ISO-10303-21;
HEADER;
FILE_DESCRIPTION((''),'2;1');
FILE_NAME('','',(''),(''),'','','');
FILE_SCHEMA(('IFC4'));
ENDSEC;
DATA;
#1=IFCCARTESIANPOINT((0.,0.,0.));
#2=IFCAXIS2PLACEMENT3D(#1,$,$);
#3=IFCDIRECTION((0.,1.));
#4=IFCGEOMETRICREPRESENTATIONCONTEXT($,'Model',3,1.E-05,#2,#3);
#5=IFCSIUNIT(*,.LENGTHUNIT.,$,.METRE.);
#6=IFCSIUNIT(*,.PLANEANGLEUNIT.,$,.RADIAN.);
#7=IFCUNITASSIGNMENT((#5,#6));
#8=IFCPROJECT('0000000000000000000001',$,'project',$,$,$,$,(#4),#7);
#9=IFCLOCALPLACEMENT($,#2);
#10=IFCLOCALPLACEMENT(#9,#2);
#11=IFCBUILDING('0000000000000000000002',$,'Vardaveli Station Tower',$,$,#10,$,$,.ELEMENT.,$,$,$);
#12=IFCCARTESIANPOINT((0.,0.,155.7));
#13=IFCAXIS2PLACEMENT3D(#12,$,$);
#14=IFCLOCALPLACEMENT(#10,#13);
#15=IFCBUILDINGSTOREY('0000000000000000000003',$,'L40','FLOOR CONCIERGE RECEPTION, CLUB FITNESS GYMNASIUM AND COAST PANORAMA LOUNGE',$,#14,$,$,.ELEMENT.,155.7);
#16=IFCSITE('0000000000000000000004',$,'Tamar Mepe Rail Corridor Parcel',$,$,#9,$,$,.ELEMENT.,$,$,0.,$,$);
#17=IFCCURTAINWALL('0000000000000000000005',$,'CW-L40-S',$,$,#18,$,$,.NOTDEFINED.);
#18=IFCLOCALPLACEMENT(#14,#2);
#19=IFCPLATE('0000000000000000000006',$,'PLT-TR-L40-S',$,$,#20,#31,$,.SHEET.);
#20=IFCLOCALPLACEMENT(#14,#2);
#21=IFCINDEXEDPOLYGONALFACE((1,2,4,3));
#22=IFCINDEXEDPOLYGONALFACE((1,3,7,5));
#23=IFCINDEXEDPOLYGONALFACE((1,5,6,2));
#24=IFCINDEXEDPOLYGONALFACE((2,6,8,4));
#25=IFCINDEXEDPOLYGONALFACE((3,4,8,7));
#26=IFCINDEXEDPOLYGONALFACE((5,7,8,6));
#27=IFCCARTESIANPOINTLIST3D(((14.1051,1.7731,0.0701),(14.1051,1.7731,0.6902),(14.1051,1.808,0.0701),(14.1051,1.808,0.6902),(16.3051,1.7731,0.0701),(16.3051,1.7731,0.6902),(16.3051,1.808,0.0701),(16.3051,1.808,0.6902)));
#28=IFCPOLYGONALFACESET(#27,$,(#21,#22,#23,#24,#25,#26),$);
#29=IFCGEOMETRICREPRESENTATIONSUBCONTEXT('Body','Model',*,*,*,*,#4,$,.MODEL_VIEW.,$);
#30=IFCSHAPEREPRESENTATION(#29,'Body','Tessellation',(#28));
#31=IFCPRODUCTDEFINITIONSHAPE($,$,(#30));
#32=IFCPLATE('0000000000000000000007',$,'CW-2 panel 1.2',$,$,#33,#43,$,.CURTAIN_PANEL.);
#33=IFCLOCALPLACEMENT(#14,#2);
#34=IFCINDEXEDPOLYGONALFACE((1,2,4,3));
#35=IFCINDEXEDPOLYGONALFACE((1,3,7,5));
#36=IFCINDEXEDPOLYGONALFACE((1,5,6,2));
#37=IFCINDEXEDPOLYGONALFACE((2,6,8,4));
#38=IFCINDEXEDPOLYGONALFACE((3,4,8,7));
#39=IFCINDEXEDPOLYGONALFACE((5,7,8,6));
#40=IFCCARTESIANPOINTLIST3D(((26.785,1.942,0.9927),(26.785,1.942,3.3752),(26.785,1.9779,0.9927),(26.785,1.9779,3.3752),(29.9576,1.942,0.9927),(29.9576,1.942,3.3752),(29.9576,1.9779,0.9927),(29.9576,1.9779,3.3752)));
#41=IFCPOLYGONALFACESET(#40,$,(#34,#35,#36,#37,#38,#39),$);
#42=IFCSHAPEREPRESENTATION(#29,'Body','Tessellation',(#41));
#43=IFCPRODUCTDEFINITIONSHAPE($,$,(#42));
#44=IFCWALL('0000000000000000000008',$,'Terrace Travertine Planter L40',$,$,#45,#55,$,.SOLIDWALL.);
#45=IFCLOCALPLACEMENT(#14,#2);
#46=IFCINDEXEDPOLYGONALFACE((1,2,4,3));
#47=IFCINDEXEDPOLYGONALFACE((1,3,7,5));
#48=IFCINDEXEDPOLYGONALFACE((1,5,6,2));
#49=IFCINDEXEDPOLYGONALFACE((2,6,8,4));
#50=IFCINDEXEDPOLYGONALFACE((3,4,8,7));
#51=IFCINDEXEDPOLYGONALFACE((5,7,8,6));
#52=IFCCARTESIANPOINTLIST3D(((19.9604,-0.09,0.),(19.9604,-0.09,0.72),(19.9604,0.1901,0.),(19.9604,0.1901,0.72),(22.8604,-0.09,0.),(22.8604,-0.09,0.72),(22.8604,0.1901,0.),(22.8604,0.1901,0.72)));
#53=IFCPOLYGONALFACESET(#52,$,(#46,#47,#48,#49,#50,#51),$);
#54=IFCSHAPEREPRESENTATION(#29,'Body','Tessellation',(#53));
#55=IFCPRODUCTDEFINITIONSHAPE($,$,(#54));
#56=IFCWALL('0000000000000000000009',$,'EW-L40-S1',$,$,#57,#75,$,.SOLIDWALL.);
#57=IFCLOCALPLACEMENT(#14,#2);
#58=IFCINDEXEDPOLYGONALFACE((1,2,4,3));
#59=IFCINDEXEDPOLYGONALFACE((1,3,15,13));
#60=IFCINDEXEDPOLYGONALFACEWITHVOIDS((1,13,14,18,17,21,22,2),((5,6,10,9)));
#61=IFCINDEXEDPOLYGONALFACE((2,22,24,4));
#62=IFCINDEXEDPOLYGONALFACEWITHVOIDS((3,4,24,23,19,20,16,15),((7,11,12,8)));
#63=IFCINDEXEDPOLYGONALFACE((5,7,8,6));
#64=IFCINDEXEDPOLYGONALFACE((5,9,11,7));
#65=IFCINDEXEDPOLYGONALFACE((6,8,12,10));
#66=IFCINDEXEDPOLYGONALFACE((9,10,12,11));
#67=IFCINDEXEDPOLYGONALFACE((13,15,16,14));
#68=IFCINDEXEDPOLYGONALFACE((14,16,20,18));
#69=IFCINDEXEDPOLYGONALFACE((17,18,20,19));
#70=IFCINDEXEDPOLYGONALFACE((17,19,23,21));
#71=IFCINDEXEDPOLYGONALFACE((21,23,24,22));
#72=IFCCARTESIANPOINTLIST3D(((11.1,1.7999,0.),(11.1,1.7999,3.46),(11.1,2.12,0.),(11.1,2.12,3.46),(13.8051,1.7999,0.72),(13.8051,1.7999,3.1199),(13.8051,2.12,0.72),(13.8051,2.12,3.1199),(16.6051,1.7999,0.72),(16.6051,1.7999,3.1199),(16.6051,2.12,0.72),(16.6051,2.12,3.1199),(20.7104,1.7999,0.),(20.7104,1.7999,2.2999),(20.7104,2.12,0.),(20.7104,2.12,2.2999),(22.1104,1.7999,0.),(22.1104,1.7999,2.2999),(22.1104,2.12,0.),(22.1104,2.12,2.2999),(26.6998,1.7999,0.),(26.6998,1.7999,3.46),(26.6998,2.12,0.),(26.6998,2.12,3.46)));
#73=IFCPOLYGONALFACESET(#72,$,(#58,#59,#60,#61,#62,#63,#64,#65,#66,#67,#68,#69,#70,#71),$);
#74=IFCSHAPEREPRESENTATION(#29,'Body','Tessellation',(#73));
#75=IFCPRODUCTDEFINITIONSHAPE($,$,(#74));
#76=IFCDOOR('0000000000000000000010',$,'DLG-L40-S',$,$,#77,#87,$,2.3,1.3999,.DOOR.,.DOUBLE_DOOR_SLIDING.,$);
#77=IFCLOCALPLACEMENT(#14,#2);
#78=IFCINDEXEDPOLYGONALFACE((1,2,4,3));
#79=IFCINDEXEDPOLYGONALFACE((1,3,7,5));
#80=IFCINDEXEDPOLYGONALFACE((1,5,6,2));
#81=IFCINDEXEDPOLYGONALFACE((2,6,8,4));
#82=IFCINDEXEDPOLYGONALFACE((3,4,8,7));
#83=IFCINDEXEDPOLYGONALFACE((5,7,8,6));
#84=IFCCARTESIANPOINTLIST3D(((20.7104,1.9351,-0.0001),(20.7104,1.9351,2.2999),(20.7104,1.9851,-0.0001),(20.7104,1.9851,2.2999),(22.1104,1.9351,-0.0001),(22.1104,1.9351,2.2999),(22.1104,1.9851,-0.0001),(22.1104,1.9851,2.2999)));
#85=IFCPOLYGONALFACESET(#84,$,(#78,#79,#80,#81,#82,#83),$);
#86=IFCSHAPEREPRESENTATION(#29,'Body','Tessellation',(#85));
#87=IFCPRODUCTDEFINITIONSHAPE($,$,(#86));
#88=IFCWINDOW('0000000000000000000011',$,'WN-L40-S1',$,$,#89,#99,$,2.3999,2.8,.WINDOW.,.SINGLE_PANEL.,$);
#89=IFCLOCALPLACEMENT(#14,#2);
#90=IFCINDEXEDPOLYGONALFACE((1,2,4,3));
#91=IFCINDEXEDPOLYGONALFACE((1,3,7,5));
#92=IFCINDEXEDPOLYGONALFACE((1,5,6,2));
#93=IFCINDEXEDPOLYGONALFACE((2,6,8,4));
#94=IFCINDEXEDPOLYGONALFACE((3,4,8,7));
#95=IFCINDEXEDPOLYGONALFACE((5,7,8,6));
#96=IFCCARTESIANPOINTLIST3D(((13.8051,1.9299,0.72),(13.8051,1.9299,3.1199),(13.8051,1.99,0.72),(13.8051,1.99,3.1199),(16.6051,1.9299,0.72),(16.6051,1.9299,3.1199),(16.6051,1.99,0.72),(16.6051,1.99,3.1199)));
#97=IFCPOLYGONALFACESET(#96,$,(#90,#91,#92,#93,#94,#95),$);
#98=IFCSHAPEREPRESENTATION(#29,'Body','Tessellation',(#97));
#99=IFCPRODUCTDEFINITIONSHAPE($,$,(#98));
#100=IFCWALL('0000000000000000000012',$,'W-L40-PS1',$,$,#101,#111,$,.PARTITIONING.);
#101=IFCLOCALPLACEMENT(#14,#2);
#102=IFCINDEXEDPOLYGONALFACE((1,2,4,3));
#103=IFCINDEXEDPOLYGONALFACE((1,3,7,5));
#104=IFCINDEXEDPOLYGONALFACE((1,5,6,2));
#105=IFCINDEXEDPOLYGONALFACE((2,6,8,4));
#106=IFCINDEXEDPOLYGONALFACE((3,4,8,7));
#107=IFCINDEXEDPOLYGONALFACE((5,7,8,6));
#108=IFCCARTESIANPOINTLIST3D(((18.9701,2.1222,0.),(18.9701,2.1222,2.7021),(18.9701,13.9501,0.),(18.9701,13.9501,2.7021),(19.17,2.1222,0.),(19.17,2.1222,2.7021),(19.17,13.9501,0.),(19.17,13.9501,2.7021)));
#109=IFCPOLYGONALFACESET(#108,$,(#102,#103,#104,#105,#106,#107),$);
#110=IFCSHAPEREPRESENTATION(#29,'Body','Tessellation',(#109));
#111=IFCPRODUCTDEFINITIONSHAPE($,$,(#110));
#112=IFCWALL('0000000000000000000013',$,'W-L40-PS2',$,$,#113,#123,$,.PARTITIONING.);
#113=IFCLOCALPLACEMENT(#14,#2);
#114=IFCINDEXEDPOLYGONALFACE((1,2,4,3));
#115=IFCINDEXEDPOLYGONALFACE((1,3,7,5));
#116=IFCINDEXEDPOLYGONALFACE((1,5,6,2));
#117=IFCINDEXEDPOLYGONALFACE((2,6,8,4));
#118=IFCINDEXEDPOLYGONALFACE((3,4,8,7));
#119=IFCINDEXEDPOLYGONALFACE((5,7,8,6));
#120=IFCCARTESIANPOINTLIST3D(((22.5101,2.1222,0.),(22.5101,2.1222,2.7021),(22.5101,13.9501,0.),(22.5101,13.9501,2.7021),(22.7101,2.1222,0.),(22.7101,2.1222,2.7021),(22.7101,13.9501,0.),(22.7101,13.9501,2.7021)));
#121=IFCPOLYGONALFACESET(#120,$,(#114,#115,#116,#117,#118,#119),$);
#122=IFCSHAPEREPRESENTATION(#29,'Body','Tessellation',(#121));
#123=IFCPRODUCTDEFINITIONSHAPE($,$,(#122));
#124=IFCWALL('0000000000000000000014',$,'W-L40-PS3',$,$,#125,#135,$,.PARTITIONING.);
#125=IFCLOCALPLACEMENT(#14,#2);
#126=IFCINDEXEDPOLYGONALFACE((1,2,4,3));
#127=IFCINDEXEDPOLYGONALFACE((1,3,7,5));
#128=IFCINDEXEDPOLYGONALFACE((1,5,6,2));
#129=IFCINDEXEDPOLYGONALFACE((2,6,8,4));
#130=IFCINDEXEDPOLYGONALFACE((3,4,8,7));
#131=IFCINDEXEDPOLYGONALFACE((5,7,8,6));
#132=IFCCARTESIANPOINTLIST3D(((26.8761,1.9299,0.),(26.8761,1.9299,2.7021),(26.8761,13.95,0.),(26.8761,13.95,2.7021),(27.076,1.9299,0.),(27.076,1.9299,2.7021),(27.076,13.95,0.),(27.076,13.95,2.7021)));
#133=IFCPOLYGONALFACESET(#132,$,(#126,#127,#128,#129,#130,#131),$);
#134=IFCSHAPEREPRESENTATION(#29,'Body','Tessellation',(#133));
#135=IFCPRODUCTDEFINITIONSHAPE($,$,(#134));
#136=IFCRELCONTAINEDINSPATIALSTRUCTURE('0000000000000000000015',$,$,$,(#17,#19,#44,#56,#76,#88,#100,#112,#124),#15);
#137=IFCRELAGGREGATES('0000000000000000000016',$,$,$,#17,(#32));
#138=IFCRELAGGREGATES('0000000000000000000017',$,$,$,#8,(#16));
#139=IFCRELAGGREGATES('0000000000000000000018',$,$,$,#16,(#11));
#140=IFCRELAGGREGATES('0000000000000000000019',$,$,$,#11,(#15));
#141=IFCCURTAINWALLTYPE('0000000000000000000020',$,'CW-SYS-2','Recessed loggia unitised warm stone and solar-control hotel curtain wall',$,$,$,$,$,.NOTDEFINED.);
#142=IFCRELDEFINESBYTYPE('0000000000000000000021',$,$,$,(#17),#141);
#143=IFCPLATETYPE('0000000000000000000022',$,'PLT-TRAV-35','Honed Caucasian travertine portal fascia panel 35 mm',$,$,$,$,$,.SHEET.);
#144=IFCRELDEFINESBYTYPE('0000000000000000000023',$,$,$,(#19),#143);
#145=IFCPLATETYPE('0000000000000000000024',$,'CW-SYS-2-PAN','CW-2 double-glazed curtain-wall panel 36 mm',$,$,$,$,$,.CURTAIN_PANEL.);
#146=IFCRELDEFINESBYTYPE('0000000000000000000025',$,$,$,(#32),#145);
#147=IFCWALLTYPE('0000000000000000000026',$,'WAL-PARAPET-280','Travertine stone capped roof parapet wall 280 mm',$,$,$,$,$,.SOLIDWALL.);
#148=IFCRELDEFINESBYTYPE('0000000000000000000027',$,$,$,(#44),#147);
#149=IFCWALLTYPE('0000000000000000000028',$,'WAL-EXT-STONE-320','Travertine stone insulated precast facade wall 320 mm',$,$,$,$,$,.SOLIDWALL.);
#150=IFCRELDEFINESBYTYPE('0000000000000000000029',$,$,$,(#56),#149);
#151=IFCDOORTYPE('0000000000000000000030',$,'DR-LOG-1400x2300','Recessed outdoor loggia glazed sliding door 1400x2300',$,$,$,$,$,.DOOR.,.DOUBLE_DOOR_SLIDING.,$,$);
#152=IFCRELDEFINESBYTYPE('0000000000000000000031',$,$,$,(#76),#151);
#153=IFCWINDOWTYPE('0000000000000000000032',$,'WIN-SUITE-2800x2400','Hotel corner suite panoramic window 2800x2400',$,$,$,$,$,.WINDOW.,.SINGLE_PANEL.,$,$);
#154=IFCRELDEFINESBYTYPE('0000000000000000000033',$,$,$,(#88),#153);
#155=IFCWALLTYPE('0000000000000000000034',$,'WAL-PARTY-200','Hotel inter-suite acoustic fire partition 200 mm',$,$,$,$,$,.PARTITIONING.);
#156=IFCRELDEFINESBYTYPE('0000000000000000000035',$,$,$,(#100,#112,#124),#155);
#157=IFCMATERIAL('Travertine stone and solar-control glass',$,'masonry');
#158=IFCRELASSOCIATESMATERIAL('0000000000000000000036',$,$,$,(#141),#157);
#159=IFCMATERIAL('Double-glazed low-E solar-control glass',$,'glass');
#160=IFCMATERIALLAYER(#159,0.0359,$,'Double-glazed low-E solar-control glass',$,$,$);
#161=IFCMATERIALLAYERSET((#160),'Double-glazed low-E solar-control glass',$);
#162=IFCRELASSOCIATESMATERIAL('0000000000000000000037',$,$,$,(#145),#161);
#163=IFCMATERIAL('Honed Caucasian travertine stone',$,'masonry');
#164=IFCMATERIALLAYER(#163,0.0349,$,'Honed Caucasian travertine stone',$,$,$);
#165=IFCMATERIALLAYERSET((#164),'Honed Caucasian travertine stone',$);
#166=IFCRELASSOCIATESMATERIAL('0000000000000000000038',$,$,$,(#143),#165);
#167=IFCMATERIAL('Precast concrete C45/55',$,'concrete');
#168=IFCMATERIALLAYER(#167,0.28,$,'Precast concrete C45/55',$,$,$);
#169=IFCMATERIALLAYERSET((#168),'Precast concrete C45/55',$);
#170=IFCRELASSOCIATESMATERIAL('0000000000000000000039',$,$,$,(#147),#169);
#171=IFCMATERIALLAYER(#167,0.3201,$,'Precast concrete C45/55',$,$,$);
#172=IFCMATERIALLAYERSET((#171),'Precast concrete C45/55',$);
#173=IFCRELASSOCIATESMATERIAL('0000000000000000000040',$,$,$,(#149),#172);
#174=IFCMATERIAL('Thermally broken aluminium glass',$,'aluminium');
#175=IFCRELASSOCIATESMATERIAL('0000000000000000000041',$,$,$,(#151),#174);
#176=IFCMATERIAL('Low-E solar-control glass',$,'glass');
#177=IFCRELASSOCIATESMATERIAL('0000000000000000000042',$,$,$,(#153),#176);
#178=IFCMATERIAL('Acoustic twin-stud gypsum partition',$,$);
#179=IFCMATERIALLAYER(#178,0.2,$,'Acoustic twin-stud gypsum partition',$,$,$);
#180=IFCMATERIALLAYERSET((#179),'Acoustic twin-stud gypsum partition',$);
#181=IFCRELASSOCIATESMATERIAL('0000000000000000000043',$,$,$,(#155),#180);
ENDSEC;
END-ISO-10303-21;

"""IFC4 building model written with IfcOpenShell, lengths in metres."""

from ifc_helpers import new_model, si_unit, direction, frame, frame_2d, origin, origin_2d, place, context, subcontext, project, spatial, rectangle, extrude, source, transform, mapped, material, layer, layer_set, type_object, element, fill, aggregate, save


model = new_model("IFC4")

# Units and contexts
model_context = context("Model", 3, precision=1e-05, world=origin(), true_north=direction((0.0, 1.0)))
body_context = subcontext(model_context, "Body", "Model", "MODEL_VIEW")
ifc_project = project(units=[si_unit("LENGTHUNIT", "METRE"), si_unit("PLANEANGLEUNIT", "RADIAN")], contexts=[model_context])

# Site, building, storey
site_placement = place(None, origin())
site = spatial("IfcSite", under=ifc_project, at=site_placement, Name="Tamar Mepe Rail Corridor Parcel", CompositionType="ELEMENT", RefElevation=0.0)
building_placement = place(site_placement, origin())
building = spatial("IfcBuilding", under=site, at=building_placement, Name="Vardaveli Station Tower", CompositionType="ELEMENT")
storey_placement = place(building_placement, frame((0.0, 0.0, 155.7)))
storey = spatial("IfcBuildingStorey", under=building, at=storey_placement, Name="L40", Description="FLOOR CONCIERGE RECEPTION, CLUB FITNESS GYMNASIUM AND COAST PANORAMA LOUNGE", CompositionType="ELEMENT", Elevation=155.7)

# Shared definitions
ifc_material_1 = material(Name="Precast concrete C45/55", Category="concrete")

# Curtain wall
ifc_material_2 = material(Name="Travertine stone and solar-control glass", Category="masonry")
curtain_wall_type = type_object("IfcCurtainWallType", Name="CW-SYS-2", Description="Recessed loggia unitised warm stone and solar-control hotel curtain wall", PredefinedType="NOTDEFINED", material=ifc_material_2)
curtain_wall_placement = place(storey_placement, origin())
curtain_wall = element("IfcCurtainWall", 1, at=curtain_wall_placement, inside=storey, type_object=curtain_wall_type, Name="CW-L40-S", PredefinedType="NOTDEFINED")
ifc_material_3 = material(Name="Double-glazed low-E solar-control glass", Category="glass")
ifc_layer_1 = layer(ifc_material_3, 0.0359, Name="Double-glazed low-E solar-control glass")
ifc_layer_set_1 = layer_set([ifc_layer_1], Name="Double-glazed low-E solar-control glass")
plate_type_1 = type_object("IfcPlateType", Name="CW-SYS-2-PAN", Description="CW-2 double-glazed curtain-wall panel 36 mm", PredefinedType="CURTAIN_PANEL", material=ifc_layer_set_1)

# Plates
ifc_material_4 = material(Name="Honed Caucasian travertine stone", Category="masonry")
ifc_layer_2 = layer(ifc_material_4, 0.0349, Name="Honed Caucasian travertine stone")
ifc_layer_set_2 = layer_set([ifc_layer_2], Name="Honed Caucasian travertine stone")
plate_type_2 = type_object("IfcPlateType", Name="PLT-TRAV-35", Description="Honed Caucasian travertine portal fascia panel 35 mm", PredefinedType="SHEET", material=ifc_layer_set_2)
shared_shape_1 = source(origin(), body_context, "Body", "SweptSolid", [
    extrude(rectangle(XDim=2.2, YDim=0.0349, at=origin_2d()), origin(), (0.0, 0.0, 1.0), 0.6201),
])
plate_1_placement = place(storey_placement, frame((15.2051, 1.7905, 0.0701), z_axis=(0.0, 0.0, 1.0), x_axis=(1.0, 0.0, 0.0)))
element("IfcPlate", 2, at=plate_1_placement, inside=storey, type_object=plate_type_2, Name="PLT-TR-L40-S", PredefinedType="SHEET", context=body_context, shape_type="MappedRepresentation", body=[
    mapped(shared_shape_1, transform((0.0, 0.0, 0.0), scale=1.0)),
])
shared_shape_2 = source(origin(), body_context, "Body", "SweptSolid", [
    extrude(rectangle(XDim=3.1726, YDim=0.0359, at=origin_2d()), origin(), (0.0, 0.0, 1.0), 2.3826),
])
plate_2_placement = place(storey_placement, frame((28.3713, 1.96, 0.9927), z_axis=(0.0, 0.0, 1.0), x_axis=(1.0, 0.0, 0.0)))
plate_2 = element("IfcPlate", 3, at=plate_2_placement, type_object=plate_type_1, Name="CW-2 panel 1.2", PredefinedType="CURTAIN_PANEL", context=body_context, shape_type="MappedRepresentation", body=[
    mapped(shared_shape_2, transform((0.0, 0.0, 0.0), scale=1.0)),
])
aggregate(curtain_wall, [plate_2])

# Wall
ifc_layer_3 = layer(ifc_material_1, 0.28, Name="Precast concrete C45/55")
ifc_layer_set_3 = layer_set([ifc_layer_3], Name="Precast concrete C45/55")
wall_type_1 = type_object("IfcWallType", Name="WAL-PARAPET-280", Description="Travertine stone capped roof parapet wall 280 mm", PredefinedType="SOLIDWALL", material=ifc_layer_set_3)
shared_shape_3 = source(origin(), body_context, "Body", "SweptSolid", [
    extrude(rectangle(XDim=2.8999, YDim=0.28, at=frame_2d((1.45, 0.0))), origin(), (0.0, 0.0, 1.0), 0.72),
])
wall_1_placement = place(storey_placement, frame((19.9604, 0.05, 0.0), z_axis=(0.0, 0.0, 1.0), x_axis=(1.0, 0.0, 0.0)))
element("IfcWall", 4, at=wall_1_placement, inside=storey, type_object=wall_type_1, Name="Terrace Travertine Planter L40", PredefinedType="SOLIDWALL", context=body_context, shape_type="MappedRepresentation", body=[
    mapped(shared_shape_3, transform((0.0, 0.0, 0.0), scale=1.0)),
])

# Wall, openings, door, window
ifc_layer_4 = layer(ifc_material_1, 0.3201, Name="Precast concrete C45/55")
ifc_layer_set_4 = layer_set([ifc_layer_4], Name="Precast concrete C45/55")
wall_type_2 = type_object("IfcWallType", Name="WAL-EXT-STONE-320", Description="Travertine stone insulated precast facade wall 320 mm", PredefinedType="SOLIDWALL", material=ifc_layer_set_4)
shared_shape_4 = source(origin(), body_context, "Body", "SweptSolid", [
    extrude(rectangle(XDim=15.5999, YDim=0.3201, at=frame_2d((7.7998, 0.0))), origin(), (0.0, 0.0, 1.0), 3.46),
])
wall_2_placement = place(storey_placement, frame((11.1001, 1.96, 0.0), z_axis=(0.0, 0.0, 1.0), x_axis=(1.0, 0.0, 0.0)))
wall_2 = element("IfcWall", 5, at=wall_2_placement, inside=storey, type_object=wall_type_2, Name="EW-L40-S1", PredefinedType="SOLIDWALL", context=body_context, shape_type="MappedRepresentation", body=[
    mapped(shared_shape_4, transform((0.0, 0.0, 0.0), scale=1.0)),
])
shared_shape_5 = source(origin(), body_context, "Body", "SweptSolid", [
    extrude(rectangle(XDim=1.3999, YDim=2.3, at=frame_2d((0.7, 1.1499))), frame((0.0, 0.1699, 0.0), z_axis=(0.0, -1.0, 0.0), x_axis=(1.0, 0.0, 0.0)), (0.0, 0.0, 1.0), 0.3401),
])
opening_1_placement = place(wall_2_placement, frame((9.6104, 0.0, 0.0)))
opening_1 = element("IfcOpeningElement", 6, at=opening_1_placement, cuts=wall_2, PredefinedType="OPENING", context=body_context, shape_type="MappedRepresentation", body=[
    mapped(shared_shape_5, transform((0.0, 0.0, 0.0), scale=1.0)),
])
shared_shape_6 = source(origin(), body_context, "Body", "SweptSolid", [
    extrude(rectangle(XDim=2.8, YDim=2.3999, at=frame_2d((1.3999, 1.2))), frame((0.0, 0.1699, 0.0), z_axis=(0.0, -1.0, 0.0), x_axis=(1.0, 0.0, 0.0)), (0.0, 0.0, 1.0), 0.3401),
])
opening_2_placement = place(wall_2_placement, frame((2.7051, 0.0, 0.72)))
opening_2 = element("IfcOpeningElement", 7, at=opening_2_placement, cuts=wall_2, PredefinedType="OPENING", context=body_context, shape_type="MappedRepresentation", body=[
    mapped(shared_shape_6, transform((0.0, 0.0, 0.0), scale=1.0)),
])
ifc_material_5 = material(Name="Thermally broken aluminium glass", Category="aluminium")
door_type = type_object("IfcDoorType", Name="DR-LOG-1400x2300", Description="Recessed outdoor loggia glazed sliding door 1400x2300", OperationType="DOUBLE_DOOR_SLIDING", PredefinedType="DOOR", material=ifc_material_5)
shared_shape_7 = source(origin(), body_context, "Body", "SweptSolid", [
    extrude(rectangle(XDim=1.3999, YDim=2.3, at=frame_2d((0.7, 1.1499))), frame((0.0, 0.0249, 0.0), z_axis=(0.0, -1.0, 0.0), x_axis=(1.0, 0.0, 0.0)), (0.0, 0.0, 1.0), 0.05),
])
door_placement = place(opening_1_placement, frame((1.3999, 0.0, 0.0), z_axis=(0.0, 0.0, 1.0), x_axis=(-1.0, 0.0, 0.0)))
door = element("IfcDoor", 8, at=door_placement, inside=storey, type_object=door_type, Name="DLG-L40-S", OperationType="DOUBLE_DOOR_SLIDING", OverallHeight=2.3, OverallWidth=1.3999, PredefinedType="DOOR", context=body_context, shape_type="MappedRepresentation", body=[
    mapped(shared_shape_7, transform((0.0, 0.0, 0.0), scale=1.0)),
])
fill(opening_1, door)
ifc_material_6 = material(Name="Low-E solar-control glass", Category="glass")
window_type = type_object("IfcWindowType", Name="WIN-SUITE-2800x2400", Description="Hotel corner suite panoramic window 2800x2400", PartitioningType="SINGLE_PANEL", PredefinedType="WINDOW", material=ifc_material_6)
shared_shape_8 = source(origin(), body_context, "Body", "SweptSolid", [
    extrude(rectangle(XDim=2.8, YDim=2.3999, at=frame_2d((1.3999, 1.2))), frame((0.0, 0.03, 0.0), z_axis=(0.0, -1.0, 0.0), x_axis=(1.0, 0.0, 0.0)), (0.0, 0.0, 1.0), 0.0601),
])
window_placement = place(opening_2_placement, origin())
window = element("IfcWindow", 9, at=window_placement, inside=storey, type_object=window_type, Name="WN-L40-S1", OverallHeight=2.3999, OverallWidth=2.8, PartitioningType="SINGLE_PANEL", PredefinedType="WINDOW", context=body_context, shape_type="MappedRepresentation", body=[
    mapped(shared_shape_8, transform((0.0, 0.0, 0.0), scale=1.0)),
])
fill(opening_2, window)

# Walls
ifc_material_7 = material(Name="Acoustic twin-stud gypsum partition")
ifc_layer_5 = layer(ifc_material_7, 0.2, Name="Acoustic twin-stud gypsum partition")
ifc_layer_set_5 = layer_set([ifc_layer_5], Name="Acoustic twin-stud gypsum partition")
wall_type_3 = type_object("IfcWallType", Name="WAL-PARTY-200", Description="Hotel inter-suite acoustic fire partition 200 mm", PredefinedType="PARTITIONING", material=ifc_layer_set_5)
shared_shape_9 = source(origin(), body_context, "Body", "SweptSolid", [
    extrude(rectangle(XDim=11.8279, YDim=0.2, at=frame_2d((5.9141, 0.0))), origin(), (0.0, 0.0, 1.0), 2.7021),
])
for number, where, z_axis, x_axis, name in (
    (10, (19.0701, 2.1221, 0.0), (0.0, 0.0, 1.0), (0.0, 1.0, 0.0), "W-L40-PS1"),
    (11, (22.6101, 2.1221, 0.0), (0.0, 0.0, 1.0), (0.0, 1.0, 0.0), "W-L40-PS2"),
):
    element("IfcWall", number, at=place(storey_placement, frame(where, z_axis=z_axis, x_axis=x_axis)), inside=storey, type_object=wall_type_3, Name=name, PredefinedType="PARTITIONING", context=body_context, shape_type="MappedRepresentation", body=[
        mapped(shared_shape_9, transform((0.0, 0.0, 0.0), scale=1.0)),
    ])
shared_shape_10 = source(origin(), body_context, "Body", "SweptSolid", [
    extrude(rectangle(XDim=12.02, YDim=0.2, at=frame_2d((6.01, 0.0))), origin(), (0.0, 0.0, 1.0), 2.7021),
])
wall_3_placement = place(storey_placement, frame((26.9761, 1.9299, 0.0), z_axis=(0.0, 0.0, 1.0), x_axis=(0.0, 1.0, 0.0)))
element("IfcWall", 12, at=wall_3_placement, inside=storey, type_object=wall_type_3, Name="W-L40-PS3", PredefinedType="PARTITIONING", context=body_context, shape_type="MappedRepresentation", body=[
    mapped(shared_shape_10, transform((0.0, 0.0, 0.0), scale=1.0)),
])

save(model, "model.ifc")
